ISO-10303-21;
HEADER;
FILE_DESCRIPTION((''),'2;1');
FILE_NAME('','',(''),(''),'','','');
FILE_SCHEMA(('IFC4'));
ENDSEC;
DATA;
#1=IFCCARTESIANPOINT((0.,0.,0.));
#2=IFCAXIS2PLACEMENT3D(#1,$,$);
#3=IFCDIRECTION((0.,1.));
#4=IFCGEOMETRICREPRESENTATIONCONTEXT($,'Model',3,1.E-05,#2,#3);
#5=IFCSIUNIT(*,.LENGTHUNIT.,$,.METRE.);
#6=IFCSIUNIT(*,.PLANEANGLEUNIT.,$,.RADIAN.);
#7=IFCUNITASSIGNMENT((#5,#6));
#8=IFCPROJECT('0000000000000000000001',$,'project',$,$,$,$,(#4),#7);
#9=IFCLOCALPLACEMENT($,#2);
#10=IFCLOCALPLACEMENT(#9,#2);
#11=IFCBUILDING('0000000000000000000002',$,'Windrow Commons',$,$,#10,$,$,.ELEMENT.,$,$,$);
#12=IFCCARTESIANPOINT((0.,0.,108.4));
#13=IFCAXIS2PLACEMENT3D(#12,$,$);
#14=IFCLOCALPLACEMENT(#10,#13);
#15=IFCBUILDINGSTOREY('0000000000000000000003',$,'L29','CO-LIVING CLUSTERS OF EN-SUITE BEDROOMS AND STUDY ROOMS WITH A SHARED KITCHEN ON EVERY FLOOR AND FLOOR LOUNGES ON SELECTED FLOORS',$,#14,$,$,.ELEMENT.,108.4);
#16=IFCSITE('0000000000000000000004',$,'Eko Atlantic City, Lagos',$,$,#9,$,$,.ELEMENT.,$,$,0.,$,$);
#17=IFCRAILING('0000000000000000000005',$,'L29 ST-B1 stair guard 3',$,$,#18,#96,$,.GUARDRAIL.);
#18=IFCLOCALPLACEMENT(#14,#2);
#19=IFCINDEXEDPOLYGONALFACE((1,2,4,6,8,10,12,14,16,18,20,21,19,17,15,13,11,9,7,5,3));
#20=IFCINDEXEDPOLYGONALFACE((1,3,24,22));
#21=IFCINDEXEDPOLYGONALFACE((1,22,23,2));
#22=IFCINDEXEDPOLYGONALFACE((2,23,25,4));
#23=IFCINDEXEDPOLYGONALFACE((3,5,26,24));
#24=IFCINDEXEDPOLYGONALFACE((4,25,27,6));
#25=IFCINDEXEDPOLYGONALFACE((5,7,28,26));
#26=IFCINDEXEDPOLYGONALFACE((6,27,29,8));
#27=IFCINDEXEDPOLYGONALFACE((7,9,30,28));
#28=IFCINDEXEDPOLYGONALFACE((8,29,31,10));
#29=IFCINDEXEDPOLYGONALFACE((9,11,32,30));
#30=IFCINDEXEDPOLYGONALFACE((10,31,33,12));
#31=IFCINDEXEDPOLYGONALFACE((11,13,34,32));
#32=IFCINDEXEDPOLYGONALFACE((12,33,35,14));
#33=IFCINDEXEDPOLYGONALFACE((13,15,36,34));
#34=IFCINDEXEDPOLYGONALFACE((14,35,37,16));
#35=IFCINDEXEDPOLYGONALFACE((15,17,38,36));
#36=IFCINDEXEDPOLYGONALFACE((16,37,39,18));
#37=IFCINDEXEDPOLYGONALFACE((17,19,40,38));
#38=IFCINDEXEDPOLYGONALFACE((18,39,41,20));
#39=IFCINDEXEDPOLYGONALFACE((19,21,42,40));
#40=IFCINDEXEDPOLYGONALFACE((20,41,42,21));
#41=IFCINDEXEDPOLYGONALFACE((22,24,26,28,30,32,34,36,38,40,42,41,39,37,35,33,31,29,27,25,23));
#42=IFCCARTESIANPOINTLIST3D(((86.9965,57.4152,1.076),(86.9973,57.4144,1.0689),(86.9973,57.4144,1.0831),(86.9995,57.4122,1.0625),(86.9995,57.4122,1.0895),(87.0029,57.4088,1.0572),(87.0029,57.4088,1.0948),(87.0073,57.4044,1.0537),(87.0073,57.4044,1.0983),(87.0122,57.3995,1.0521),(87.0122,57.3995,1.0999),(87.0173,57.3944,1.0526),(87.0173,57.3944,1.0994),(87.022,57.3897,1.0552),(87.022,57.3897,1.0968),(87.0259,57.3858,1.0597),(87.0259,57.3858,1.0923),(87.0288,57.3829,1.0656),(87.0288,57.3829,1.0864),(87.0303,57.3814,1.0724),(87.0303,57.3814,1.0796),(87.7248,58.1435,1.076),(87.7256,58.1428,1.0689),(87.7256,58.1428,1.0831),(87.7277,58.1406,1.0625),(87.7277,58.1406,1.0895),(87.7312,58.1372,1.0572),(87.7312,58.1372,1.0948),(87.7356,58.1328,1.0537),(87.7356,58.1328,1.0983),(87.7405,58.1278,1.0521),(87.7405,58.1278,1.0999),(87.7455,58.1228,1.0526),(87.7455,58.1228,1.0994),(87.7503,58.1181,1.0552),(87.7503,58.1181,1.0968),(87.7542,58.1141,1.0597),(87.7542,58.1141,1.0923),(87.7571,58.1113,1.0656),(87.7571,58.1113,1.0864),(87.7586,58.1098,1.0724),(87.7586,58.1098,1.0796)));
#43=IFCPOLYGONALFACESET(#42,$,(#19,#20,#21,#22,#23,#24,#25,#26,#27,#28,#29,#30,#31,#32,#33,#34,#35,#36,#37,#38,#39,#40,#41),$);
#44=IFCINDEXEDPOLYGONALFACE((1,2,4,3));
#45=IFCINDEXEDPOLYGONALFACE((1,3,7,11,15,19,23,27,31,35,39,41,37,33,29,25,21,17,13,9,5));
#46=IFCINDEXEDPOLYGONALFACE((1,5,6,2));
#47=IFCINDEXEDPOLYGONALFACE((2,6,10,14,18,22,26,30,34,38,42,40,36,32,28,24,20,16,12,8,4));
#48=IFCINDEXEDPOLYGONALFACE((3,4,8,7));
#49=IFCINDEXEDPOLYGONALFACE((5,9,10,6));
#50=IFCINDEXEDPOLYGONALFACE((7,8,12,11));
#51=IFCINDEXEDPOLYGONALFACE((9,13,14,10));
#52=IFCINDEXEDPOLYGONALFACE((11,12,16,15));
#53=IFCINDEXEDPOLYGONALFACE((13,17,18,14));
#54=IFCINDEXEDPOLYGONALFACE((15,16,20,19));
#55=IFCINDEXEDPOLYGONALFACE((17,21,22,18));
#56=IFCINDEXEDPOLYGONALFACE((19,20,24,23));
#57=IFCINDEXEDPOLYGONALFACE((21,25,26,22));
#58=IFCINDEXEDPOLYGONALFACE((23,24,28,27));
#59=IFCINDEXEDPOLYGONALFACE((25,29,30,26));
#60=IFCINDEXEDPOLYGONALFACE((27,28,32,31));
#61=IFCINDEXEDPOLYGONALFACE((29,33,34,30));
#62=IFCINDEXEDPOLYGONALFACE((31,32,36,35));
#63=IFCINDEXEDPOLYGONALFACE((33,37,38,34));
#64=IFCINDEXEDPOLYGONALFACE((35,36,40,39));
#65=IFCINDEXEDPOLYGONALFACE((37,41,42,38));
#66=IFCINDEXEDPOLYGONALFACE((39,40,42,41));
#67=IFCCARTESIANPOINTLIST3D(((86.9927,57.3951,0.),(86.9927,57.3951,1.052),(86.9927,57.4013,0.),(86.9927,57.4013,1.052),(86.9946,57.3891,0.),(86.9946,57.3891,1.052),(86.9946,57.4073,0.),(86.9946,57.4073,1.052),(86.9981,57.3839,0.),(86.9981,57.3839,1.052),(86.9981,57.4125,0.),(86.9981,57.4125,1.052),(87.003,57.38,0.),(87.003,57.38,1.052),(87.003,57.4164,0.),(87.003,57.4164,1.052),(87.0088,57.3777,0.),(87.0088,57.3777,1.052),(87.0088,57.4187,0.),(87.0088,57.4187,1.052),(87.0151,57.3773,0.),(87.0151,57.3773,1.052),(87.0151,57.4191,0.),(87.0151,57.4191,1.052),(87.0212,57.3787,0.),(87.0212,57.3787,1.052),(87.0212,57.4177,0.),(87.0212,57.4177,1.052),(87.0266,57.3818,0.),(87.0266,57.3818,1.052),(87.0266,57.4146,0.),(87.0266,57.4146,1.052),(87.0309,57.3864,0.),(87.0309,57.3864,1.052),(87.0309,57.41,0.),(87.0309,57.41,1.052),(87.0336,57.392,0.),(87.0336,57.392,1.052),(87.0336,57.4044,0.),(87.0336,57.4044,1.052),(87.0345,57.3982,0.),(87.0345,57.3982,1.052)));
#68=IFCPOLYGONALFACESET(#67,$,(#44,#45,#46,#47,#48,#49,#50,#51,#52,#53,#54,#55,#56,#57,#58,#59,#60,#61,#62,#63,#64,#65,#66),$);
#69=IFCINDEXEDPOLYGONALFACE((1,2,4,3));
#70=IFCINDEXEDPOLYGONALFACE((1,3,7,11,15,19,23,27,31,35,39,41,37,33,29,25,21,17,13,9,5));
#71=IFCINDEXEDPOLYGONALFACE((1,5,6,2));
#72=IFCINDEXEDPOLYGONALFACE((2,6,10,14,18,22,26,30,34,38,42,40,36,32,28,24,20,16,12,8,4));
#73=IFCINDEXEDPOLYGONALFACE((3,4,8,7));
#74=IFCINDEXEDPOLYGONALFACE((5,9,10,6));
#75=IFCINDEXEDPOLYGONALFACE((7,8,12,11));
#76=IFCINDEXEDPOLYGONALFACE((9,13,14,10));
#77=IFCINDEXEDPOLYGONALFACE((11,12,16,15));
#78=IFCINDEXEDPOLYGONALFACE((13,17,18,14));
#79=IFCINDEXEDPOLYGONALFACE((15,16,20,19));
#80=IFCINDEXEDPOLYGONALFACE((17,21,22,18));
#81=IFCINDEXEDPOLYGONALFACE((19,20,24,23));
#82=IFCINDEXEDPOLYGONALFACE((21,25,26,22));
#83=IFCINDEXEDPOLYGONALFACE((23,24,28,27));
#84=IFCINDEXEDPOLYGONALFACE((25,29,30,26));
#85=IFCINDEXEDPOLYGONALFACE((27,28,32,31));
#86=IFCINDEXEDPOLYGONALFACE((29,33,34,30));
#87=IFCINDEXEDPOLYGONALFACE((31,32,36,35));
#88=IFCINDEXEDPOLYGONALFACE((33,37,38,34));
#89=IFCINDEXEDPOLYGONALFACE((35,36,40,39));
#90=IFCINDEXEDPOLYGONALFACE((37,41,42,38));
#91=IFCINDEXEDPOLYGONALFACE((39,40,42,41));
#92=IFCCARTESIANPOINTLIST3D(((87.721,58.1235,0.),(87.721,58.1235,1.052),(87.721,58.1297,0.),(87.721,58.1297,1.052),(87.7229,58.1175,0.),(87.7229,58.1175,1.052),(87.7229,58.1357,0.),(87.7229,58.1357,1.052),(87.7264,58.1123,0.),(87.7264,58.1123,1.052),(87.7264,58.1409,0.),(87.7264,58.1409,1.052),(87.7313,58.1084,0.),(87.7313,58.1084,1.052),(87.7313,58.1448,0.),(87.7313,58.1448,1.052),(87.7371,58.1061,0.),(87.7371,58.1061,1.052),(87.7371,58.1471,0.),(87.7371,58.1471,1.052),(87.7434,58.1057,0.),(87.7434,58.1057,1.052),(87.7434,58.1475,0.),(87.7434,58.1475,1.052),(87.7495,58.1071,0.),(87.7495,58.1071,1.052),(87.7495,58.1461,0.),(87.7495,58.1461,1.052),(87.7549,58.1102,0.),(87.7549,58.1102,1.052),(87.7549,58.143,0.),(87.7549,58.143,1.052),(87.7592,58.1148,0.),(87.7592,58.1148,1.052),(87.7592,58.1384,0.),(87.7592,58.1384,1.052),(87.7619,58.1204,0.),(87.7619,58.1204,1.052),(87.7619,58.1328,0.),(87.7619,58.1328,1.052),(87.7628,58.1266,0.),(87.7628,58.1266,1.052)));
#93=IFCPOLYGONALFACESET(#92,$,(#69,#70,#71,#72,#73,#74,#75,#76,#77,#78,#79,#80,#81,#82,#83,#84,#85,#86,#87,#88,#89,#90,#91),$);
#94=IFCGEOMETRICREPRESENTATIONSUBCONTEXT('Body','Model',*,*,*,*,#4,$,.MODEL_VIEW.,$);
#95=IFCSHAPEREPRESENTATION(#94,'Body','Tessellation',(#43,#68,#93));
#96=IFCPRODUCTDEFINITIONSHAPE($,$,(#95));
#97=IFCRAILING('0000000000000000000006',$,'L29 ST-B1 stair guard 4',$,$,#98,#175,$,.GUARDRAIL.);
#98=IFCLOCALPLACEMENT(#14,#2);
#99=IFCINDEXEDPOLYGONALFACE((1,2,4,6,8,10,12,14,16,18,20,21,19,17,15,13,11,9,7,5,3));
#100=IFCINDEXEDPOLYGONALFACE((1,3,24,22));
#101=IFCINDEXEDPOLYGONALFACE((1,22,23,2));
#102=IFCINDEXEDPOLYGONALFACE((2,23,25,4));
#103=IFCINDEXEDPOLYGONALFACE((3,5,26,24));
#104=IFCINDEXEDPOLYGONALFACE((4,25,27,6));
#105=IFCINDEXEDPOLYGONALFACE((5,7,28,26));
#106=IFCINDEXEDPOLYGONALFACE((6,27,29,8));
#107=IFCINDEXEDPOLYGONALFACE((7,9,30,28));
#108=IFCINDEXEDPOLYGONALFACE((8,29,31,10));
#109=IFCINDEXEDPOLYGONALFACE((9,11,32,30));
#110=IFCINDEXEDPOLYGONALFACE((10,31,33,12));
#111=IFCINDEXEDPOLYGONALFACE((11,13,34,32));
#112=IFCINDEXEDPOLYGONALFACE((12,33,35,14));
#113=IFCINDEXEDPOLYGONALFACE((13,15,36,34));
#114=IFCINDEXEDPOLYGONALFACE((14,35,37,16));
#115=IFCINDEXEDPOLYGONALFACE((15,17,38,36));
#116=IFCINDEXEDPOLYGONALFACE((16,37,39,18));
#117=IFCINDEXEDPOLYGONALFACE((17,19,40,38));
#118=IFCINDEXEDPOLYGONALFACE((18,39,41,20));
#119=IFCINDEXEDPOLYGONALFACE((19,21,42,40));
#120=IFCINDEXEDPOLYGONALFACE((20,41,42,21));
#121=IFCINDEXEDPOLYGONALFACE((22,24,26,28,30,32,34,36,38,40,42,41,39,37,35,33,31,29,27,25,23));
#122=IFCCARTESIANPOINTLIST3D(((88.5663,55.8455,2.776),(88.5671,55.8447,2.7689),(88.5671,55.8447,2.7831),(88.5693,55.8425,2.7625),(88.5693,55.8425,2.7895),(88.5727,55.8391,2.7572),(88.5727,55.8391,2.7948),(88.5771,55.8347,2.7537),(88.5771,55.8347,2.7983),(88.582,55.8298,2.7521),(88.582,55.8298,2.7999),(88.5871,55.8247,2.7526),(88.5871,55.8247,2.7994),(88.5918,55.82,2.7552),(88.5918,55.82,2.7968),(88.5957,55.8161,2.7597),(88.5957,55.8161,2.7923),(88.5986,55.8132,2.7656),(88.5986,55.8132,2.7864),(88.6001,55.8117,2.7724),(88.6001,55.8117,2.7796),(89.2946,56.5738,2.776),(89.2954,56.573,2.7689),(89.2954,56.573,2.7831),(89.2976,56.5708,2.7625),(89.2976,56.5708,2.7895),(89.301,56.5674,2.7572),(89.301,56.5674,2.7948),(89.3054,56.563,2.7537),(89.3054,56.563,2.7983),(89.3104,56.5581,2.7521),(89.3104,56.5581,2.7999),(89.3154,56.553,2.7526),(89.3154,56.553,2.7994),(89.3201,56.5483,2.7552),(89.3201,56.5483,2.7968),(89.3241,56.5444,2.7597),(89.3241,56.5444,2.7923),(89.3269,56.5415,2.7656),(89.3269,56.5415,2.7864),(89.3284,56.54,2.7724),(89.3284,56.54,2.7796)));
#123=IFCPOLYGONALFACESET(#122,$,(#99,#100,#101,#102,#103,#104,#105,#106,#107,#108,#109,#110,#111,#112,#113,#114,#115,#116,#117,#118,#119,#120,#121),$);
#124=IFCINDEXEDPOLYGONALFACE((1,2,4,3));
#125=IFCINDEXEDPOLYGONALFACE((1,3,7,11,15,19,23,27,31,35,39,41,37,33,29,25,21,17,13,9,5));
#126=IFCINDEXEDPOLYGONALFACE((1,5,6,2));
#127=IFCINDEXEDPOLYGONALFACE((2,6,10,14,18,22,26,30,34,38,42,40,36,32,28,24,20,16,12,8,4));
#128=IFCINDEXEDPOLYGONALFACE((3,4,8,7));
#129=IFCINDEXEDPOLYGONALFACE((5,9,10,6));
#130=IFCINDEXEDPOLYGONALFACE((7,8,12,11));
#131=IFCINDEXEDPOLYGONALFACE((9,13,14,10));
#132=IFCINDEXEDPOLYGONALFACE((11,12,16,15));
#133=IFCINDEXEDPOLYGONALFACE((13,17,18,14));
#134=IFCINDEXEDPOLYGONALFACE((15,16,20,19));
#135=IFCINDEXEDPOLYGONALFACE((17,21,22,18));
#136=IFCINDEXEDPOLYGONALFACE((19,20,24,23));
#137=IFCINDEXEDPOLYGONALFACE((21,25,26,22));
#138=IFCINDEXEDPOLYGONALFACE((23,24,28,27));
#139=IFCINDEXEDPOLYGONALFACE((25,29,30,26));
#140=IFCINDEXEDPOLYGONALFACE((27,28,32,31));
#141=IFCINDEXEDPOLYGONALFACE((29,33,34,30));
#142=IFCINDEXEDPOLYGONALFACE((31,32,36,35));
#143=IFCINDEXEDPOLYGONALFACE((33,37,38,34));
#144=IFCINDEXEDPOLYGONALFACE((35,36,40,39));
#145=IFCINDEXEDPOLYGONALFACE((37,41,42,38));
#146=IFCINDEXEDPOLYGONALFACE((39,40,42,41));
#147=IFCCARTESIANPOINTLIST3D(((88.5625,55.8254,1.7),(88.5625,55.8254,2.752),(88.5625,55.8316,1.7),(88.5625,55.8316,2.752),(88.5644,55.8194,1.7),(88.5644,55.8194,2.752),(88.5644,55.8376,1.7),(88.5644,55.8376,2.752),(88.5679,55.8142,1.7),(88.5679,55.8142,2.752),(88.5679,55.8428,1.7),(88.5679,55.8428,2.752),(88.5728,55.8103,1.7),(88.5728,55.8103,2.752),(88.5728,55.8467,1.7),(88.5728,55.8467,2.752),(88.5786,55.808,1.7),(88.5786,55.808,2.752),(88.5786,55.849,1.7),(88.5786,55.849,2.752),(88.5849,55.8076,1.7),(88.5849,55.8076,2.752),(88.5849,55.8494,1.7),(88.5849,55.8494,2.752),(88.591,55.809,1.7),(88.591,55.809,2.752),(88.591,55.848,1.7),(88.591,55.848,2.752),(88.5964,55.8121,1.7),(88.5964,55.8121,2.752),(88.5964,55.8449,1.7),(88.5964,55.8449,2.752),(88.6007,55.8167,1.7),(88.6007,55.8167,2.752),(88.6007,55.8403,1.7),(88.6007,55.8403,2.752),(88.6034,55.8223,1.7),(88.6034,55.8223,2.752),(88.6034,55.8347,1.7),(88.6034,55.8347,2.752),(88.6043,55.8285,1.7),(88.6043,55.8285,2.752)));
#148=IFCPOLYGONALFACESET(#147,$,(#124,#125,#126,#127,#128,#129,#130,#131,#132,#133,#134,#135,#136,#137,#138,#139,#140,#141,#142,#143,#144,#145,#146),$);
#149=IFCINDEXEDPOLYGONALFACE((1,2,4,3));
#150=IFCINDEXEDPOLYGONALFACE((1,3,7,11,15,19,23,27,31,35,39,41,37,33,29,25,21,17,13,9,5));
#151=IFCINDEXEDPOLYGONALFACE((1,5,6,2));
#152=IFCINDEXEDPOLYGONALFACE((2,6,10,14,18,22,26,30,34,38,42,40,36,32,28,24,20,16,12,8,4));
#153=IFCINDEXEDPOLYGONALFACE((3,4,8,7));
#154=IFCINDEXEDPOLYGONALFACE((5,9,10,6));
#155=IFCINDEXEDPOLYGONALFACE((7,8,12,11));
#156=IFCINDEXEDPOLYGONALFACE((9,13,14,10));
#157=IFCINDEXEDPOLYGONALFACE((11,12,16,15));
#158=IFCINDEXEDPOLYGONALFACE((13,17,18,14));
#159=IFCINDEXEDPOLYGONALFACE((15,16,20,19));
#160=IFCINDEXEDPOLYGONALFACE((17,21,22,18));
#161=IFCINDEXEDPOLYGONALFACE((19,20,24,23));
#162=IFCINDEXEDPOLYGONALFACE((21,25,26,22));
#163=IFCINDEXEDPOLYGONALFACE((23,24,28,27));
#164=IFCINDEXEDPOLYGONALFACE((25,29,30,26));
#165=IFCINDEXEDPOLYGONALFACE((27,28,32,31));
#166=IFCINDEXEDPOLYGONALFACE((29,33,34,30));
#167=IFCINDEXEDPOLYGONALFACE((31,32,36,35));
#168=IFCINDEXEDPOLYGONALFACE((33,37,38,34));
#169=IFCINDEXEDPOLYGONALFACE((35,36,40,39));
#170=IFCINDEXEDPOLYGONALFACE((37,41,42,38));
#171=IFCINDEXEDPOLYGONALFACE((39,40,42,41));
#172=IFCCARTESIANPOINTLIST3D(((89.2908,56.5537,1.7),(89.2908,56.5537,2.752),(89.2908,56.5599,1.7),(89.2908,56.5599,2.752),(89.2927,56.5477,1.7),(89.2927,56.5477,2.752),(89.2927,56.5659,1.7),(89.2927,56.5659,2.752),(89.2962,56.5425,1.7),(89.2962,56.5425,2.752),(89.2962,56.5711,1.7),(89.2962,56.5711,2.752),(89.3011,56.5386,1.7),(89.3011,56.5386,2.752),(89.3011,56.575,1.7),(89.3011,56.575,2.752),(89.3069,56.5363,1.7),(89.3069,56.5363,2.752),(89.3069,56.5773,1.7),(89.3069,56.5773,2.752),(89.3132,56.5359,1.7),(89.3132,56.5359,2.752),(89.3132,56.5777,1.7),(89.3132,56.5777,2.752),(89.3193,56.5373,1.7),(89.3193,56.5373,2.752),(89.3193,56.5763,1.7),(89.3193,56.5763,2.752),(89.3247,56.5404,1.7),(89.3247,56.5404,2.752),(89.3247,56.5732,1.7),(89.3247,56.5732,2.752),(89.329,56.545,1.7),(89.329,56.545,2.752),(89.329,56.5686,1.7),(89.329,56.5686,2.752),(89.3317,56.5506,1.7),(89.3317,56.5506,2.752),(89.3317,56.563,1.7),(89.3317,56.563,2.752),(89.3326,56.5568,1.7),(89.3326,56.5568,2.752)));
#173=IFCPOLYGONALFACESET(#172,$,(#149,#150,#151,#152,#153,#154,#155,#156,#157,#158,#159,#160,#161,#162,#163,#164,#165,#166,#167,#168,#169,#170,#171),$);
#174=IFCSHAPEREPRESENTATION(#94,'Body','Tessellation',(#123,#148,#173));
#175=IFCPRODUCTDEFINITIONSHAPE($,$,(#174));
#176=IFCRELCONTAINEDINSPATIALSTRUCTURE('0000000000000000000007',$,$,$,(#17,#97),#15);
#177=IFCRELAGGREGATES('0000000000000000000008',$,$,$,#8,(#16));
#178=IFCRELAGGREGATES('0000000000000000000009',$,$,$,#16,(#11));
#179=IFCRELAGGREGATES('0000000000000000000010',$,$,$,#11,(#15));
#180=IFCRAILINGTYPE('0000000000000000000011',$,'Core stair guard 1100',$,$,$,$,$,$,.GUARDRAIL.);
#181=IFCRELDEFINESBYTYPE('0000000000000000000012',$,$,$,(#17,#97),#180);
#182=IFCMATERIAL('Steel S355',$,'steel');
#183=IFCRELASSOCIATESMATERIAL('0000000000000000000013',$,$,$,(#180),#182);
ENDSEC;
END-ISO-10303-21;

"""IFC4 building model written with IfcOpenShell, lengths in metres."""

from ifc_helpers import new_model, si_unit, direction, frame, origin, origin_2d, place, context, subcontext, project, spatial, circle, extrude, material, type_object, element, save


model = new_model("IFC4")

# Units and contexts
model_context = context("Model", 3, precision=1e-05, world=origin(), true_north=direction((0.0, 1.0)))
body_context = subcontext(model_context, "Body", "Model", "MODEL_VIEW")
ifc_project = project(units=[si_unit("LENGTHUNIT", "METRE"), si_unit("PLANEANGLEUNIT", "RADIAN")], contexts=[model_context])

# Site, building, storey
site_placement = place(None, origin())
site = spatial("IfcSite", under=ifc_project, at=site_placement, Name="Eko Atlantic City, Lagos", CompositionType="ELEMENT", RefElevation=0.0)
building_placement = place(site_placement, origin())
building = spatial("IfcBuilding", under=site, at=building_placement, Name="Windrow Commons", CompositionType="ELEMENT")
storey_placement = place(building_placement, frame((0.0, 0.0, 108.4)))
storey = spatial("IfcBuildingStorey", under=building, at=storey_placement, Name="L29", Description="CO-LIVING CLUSTERS OF EN-SUITE BEDROOMS AND STUDY ROOMS WITH A SHARED KITCHEN ON EVERY FLOOR AND FLOOR LOUNGES ON SELECTED FLOORS", CompositionType="ELEMENT", Elevation=108.4)

# Railings
ifc_material_1 = material(Name="Steel S355", Category="steel")
railing_type_1 = type_object("IfcRailingType", Name="Core stair guard 1100", PredefinedType="GUARDRAIL", material=ifc_material_1)
railing_1_placement = place(storey_placement, frame((87.0135, 57.3982, 0.0)))
element("IfcRailing", 1, at=railing_1_placement, inside=storey, type_object=railing_type_1, Name="L29 ST-B1 stair guard 3", PredefinedType="GUARDRAIL", context=body_context, shape_type="SweptSolid", body=[
    extrude(circle(Radius=0.024, at=origin_2d()), frame((0.0, 0.0, 1.076), z_axis=(0.707058, 0.707155, 0.0), x_axis=(-0.707155, 0.707058, 0.0)), (0.0, 0.0, 1.0), 1.03),
    extrude(circle(Radius=0.021, at=origin_2d()), origin(), (0.0, 0.0, 1.0), 1.052),
    extrude(circle(Radius=0.021, at=origin_2d()), frame((0.7283, 0.7284, 0.0)), (0.0, 0.0, 1.0), 1.052),
])
railing_2_placement = place(storey_placement, frame((88.5833, 55.8285, 1.7)))
element("IfcRailing", 2, at=railing_2_placement, inside=storey, type_object=railing_type_1, Name="L29 ST-B1 stair guard 4", PredefinedType="GUARDRAIL", context=body_context, shape_type="SweptSolid", body=[
    extrude(circle(Radius=0.024, at=origin_2d()), frame((0.0, 0.0, 1.076), z_axis=(0.707107, 0.707107, 0.0), x_axis=(-0.707107, 0.707107, 0.0)), (0.0, 0.0, 1.0), 1.03),
    extrude(circle(Radius=0.021, at=origin_2d()), origin(), (0.0, 0.0, 1.0), 1.052),
    extrude(circle(Radius=0.021, at=origin_2d()), frame((0.7283, 0.7283, 0.0)), (0.0, 0.0, 1.0), 1.052),
])

save(model, "model.ifc")
